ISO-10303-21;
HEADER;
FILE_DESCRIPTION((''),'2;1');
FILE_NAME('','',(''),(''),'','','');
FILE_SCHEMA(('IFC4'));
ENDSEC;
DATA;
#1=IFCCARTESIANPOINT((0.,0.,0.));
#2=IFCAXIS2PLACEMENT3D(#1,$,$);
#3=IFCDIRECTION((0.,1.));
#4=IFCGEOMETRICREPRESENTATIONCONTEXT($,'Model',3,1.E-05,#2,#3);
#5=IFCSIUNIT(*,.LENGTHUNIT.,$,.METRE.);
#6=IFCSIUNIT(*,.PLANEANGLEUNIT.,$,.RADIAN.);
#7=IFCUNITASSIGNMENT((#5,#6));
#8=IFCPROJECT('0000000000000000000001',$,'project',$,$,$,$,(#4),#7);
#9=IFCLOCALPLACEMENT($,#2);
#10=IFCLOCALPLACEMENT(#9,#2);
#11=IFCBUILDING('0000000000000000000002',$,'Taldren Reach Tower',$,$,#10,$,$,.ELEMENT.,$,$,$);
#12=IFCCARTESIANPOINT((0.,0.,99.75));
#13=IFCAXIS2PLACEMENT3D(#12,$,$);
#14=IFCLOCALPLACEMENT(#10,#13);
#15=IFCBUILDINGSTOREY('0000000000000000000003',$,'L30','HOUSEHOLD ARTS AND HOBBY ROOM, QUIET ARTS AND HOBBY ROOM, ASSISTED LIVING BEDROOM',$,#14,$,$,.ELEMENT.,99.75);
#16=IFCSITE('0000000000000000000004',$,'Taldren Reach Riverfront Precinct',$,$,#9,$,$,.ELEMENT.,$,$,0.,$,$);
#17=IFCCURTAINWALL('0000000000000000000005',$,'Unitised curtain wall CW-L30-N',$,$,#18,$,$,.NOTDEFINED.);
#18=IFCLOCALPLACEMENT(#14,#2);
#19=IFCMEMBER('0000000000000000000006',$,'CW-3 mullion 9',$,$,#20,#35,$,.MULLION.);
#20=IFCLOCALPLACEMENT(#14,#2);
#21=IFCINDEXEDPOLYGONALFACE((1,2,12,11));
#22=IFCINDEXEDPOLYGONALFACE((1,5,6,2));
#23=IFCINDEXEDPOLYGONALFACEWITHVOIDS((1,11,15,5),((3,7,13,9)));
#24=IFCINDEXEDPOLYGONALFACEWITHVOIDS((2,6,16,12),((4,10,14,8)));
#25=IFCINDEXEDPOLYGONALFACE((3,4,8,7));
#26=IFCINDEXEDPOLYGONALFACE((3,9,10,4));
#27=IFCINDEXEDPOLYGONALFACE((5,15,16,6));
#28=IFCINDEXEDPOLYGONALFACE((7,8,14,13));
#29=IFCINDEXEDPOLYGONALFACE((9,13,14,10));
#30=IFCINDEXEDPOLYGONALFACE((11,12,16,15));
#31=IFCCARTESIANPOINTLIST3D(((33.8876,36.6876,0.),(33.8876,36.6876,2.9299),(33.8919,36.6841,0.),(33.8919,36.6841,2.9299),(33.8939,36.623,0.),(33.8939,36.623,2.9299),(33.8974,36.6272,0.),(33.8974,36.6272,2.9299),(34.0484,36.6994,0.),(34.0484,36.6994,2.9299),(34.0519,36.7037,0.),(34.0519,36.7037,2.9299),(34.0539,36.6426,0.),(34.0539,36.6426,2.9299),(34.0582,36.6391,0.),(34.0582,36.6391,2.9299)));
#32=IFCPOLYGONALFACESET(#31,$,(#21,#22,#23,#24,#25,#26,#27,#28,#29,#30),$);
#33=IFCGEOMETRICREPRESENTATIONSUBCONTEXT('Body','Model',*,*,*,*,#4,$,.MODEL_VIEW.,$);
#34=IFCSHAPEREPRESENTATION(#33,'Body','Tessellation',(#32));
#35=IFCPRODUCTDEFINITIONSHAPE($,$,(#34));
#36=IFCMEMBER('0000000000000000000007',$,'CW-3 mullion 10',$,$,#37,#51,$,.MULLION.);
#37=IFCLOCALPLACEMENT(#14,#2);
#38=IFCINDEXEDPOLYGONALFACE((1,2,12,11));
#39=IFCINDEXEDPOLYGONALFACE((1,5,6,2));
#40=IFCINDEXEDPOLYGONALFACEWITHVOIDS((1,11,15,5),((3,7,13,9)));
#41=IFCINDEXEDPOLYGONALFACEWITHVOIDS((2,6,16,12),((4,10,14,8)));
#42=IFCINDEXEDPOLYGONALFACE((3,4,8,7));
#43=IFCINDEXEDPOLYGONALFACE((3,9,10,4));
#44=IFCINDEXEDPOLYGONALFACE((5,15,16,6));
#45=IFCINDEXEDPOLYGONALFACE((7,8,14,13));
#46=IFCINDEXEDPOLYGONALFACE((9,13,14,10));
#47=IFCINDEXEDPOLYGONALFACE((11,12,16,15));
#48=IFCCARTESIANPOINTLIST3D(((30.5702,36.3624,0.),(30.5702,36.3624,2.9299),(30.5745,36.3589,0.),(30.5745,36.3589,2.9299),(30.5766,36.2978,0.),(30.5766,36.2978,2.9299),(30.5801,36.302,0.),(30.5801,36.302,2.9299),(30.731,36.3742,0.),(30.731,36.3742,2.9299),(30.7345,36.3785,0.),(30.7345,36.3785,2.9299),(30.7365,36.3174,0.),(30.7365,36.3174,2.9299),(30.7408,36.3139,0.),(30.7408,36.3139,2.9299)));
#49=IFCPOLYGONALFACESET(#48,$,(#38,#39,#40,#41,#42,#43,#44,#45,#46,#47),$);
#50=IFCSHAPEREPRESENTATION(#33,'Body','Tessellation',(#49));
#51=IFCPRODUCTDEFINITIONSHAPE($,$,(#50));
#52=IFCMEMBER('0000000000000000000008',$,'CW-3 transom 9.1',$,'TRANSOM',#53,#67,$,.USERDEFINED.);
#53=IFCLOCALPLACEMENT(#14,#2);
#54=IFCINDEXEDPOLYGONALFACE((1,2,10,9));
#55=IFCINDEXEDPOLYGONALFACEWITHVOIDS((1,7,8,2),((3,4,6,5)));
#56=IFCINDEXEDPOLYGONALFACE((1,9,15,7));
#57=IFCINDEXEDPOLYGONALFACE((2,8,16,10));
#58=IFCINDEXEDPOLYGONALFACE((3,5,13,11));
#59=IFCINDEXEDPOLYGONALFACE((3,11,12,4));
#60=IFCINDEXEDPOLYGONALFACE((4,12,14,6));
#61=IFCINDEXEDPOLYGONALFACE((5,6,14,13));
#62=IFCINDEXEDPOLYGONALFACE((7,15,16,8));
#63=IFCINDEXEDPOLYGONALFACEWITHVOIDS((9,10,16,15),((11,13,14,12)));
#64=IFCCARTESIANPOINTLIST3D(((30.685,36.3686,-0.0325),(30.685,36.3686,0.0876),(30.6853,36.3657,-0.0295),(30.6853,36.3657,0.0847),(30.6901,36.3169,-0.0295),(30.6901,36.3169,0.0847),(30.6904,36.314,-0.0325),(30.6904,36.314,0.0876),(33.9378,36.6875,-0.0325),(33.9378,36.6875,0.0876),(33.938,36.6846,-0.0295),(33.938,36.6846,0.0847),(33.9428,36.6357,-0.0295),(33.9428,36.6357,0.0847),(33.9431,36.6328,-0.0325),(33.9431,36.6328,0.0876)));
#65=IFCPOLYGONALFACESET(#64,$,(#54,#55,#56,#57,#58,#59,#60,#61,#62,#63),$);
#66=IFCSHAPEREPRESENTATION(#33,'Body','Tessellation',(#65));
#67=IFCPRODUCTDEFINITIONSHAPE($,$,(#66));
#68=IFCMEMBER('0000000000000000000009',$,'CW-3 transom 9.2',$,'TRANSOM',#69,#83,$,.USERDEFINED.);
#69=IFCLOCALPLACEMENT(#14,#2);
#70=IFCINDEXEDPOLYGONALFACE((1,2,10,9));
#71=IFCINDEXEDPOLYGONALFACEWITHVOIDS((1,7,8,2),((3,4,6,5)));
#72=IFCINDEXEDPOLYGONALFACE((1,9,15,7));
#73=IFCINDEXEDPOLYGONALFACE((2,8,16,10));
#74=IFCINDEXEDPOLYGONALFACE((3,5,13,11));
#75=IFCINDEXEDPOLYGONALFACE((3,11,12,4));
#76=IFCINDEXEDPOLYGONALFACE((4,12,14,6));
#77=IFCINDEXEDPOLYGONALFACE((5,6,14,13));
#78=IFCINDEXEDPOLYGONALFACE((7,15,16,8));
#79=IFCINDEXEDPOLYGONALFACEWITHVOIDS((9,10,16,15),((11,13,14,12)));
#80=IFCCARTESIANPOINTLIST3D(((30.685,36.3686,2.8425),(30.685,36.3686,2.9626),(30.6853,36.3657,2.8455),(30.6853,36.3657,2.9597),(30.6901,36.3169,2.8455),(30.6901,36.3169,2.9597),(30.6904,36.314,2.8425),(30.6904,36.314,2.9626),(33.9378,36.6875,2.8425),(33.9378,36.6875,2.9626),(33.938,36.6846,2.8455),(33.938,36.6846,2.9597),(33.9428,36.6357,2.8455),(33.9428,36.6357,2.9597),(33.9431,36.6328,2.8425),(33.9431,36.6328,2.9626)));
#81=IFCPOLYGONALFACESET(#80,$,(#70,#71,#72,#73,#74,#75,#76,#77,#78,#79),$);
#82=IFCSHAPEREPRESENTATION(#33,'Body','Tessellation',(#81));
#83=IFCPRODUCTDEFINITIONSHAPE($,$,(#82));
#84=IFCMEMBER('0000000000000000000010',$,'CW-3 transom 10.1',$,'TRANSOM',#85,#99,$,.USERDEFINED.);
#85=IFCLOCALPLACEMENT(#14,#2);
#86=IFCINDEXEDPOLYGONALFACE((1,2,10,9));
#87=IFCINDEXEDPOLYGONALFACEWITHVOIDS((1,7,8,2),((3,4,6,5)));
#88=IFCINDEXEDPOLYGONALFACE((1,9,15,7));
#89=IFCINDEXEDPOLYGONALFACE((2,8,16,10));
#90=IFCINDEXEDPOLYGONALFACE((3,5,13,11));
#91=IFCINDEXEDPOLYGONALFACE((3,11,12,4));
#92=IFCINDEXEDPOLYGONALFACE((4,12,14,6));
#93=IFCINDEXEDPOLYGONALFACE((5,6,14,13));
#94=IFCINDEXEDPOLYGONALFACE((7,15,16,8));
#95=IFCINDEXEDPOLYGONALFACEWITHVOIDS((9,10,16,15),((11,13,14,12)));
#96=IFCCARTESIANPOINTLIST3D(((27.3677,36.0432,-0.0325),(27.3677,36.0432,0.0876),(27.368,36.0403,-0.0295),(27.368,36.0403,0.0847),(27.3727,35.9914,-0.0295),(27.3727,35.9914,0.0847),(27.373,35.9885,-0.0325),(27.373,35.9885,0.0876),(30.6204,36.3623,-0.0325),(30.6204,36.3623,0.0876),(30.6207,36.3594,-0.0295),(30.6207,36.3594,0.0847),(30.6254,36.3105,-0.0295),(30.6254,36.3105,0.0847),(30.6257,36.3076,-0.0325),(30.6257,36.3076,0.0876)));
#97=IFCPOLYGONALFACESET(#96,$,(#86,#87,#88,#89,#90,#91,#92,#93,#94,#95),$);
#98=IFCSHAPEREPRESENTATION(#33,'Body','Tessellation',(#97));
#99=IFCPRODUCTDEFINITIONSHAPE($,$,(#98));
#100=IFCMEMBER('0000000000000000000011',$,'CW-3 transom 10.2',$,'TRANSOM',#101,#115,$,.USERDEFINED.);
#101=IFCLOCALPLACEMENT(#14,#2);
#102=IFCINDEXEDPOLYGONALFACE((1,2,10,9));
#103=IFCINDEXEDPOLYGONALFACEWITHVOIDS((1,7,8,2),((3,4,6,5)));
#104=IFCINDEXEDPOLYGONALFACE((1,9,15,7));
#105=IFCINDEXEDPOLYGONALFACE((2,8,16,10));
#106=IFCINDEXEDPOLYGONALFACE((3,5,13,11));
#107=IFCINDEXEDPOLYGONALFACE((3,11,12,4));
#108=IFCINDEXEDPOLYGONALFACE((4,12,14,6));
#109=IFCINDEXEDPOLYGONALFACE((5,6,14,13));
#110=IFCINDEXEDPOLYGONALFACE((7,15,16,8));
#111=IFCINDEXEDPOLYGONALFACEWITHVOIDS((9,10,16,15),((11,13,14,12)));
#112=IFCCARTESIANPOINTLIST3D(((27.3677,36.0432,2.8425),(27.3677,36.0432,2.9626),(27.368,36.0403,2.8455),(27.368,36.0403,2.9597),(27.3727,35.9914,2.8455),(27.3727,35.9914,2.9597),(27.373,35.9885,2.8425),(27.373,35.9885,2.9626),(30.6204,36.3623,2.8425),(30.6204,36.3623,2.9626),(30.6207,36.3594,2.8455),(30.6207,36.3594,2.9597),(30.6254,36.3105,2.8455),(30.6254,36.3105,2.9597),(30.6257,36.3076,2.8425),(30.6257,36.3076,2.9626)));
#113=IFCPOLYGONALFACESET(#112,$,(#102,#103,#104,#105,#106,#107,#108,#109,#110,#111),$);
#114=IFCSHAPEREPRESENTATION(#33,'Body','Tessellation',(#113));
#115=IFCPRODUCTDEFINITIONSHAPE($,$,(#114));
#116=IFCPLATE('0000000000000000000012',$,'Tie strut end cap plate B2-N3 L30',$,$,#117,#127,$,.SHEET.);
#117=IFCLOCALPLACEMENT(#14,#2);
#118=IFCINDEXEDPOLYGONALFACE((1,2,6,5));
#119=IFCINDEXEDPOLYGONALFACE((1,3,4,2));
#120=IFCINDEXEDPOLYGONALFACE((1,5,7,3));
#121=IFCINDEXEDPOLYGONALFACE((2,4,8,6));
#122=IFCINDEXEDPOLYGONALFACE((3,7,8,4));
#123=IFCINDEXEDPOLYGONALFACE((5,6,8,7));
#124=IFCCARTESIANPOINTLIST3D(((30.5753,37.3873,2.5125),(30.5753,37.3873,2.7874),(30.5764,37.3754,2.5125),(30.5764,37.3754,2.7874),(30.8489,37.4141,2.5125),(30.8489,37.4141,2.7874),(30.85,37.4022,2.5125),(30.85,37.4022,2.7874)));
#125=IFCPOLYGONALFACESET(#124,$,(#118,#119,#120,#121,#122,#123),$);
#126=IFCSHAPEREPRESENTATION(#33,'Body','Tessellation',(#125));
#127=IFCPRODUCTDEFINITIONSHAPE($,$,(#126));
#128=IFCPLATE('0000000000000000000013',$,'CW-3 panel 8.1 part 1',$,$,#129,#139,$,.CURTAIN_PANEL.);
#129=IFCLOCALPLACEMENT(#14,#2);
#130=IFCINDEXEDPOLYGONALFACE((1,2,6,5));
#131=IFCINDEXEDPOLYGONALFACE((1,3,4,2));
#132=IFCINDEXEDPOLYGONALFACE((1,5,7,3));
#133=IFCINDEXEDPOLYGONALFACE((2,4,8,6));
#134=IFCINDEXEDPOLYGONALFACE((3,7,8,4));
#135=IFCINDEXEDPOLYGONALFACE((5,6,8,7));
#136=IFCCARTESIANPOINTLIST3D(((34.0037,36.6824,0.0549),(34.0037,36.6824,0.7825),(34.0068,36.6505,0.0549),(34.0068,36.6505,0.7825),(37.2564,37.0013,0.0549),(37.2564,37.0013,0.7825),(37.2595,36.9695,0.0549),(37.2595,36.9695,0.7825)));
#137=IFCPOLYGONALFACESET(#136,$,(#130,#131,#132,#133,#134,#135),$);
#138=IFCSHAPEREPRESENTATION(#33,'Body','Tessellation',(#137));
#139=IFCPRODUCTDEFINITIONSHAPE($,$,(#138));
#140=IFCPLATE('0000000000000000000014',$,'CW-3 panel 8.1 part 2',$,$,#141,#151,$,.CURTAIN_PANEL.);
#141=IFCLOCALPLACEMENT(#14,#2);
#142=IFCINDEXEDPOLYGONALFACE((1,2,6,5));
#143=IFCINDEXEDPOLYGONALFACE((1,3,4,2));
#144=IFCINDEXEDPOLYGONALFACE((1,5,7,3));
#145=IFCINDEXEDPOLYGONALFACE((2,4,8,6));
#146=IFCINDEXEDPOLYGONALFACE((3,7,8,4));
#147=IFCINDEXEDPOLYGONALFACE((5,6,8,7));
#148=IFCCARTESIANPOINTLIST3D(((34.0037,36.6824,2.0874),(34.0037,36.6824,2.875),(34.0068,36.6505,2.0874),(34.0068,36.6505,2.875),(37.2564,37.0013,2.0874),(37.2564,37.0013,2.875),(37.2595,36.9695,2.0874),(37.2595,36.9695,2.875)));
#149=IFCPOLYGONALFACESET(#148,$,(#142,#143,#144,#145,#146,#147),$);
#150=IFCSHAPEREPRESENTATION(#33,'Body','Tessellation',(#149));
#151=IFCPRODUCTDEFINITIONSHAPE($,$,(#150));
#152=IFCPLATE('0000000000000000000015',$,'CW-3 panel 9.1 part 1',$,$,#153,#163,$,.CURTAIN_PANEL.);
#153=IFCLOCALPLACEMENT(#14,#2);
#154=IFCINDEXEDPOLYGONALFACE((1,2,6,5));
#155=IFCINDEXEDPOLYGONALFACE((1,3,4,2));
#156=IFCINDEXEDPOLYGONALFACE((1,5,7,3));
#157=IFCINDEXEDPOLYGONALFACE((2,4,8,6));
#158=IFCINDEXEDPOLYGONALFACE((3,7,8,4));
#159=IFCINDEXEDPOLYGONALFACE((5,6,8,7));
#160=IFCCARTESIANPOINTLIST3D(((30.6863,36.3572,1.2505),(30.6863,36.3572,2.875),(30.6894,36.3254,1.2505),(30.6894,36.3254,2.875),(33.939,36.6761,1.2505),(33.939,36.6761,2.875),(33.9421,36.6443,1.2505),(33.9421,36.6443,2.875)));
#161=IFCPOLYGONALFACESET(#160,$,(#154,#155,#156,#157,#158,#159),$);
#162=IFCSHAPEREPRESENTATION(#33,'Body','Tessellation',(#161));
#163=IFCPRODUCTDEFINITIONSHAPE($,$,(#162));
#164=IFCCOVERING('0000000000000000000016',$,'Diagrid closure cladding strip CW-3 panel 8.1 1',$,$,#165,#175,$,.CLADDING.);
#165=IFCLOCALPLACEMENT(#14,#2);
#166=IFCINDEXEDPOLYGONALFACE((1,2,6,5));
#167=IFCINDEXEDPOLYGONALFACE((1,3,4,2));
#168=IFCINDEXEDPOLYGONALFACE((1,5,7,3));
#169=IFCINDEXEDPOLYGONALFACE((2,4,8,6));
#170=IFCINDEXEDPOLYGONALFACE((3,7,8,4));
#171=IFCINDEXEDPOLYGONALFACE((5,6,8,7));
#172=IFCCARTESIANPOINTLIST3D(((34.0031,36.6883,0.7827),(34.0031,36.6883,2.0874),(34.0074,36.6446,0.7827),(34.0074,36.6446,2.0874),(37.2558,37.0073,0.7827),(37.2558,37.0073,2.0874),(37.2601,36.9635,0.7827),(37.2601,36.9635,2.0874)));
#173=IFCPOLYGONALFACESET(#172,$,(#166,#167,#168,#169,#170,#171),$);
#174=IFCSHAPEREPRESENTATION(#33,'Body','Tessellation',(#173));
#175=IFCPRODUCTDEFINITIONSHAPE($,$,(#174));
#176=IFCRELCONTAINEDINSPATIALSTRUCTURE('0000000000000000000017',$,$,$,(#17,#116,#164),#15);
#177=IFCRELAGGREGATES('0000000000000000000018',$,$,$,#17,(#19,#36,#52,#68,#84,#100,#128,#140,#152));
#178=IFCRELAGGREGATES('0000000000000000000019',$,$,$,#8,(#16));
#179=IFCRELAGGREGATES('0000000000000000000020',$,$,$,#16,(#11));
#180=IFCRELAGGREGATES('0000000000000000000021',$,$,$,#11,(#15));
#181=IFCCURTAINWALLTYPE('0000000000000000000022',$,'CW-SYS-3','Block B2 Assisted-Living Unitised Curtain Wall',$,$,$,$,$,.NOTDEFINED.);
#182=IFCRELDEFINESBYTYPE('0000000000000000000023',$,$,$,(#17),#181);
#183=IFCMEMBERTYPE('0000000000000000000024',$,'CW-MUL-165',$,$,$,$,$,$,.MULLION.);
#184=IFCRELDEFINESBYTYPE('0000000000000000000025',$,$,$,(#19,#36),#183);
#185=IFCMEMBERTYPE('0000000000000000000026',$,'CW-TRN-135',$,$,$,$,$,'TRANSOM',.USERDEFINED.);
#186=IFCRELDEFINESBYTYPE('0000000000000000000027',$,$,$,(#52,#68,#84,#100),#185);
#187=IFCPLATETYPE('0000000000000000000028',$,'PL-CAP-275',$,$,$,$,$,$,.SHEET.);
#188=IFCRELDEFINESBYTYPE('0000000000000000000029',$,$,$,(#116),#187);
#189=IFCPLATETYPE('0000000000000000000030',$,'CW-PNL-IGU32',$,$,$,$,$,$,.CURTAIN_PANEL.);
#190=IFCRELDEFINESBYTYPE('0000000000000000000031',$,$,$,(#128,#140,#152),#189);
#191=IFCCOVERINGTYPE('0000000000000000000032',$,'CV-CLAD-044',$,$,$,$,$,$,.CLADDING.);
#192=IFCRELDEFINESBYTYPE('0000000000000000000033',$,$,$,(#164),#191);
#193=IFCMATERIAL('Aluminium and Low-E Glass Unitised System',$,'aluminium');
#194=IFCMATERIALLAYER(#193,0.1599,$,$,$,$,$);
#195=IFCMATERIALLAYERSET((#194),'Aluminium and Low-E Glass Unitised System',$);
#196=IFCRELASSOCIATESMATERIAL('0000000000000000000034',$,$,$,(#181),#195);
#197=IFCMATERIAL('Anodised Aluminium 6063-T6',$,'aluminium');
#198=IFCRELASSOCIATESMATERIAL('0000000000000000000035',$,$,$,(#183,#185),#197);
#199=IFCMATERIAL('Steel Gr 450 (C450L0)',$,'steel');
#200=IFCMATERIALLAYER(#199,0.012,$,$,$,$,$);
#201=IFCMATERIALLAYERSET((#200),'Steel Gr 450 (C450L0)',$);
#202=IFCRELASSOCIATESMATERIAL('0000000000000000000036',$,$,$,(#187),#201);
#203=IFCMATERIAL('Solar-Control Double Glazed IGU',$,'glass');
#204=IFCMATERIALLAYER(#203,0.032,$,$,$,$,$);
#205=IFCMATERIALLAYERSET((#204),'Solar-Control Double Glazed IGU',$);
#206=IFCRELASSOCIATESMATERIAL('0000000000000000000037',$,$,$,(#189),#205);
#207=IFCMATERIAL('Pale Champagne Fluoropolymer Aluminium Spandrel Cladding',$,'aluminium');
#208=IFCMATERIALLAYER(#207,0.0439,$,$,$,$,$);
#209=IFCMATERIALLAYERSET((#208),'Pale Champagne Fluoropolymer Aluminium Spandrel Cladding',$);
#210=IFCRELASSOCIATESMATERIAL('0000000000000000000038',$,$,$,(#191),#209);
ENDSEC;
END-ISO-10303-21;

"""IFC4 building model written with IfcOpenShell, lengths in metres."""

from ifc_helpers import new_model, si_unit, direction, frame, origin, origin_2d, place, context, subcontext, project, spatial, rectangle, hollow_rectangle, extrude, source, transform, mapped, material, layer, layer_set, material_profile, profile_set, type_object, element, aggregate, save


model = new_model("IFC4")

# Units and contexts
model_context = context("Model", 3, precision=1e-05, world=origin(), true_north=direction((0.0, 1.0)))
body_context = subcontext(model_context, "Body", "Model", "MODEL_VIEW")
ifc_project = project(units=[si_unit("LENGTHUNIT", "METRE"), si_unit("PLANEANGLEUNIT", "RADIAN")], contexts=[model_context])

# Site, building, storey
site_placement = place(None, origin())
site = spatial("IfcSite", under=ifc_project, at=site_placement, Name="Taldren Reach Riverfront Precinct", CompositionType="ELEMENT", RefElevation=0.0)
building_placement = place(site_placement, origin())
building = spatial("IfcBuilding", under=site, at=building_placement, Name="Taldren Reach Tower", CompositionType="ELEMENT")
storey_placement = place(building_placement, frame((0.0, 0.0, 99.75)))
storey = spatial("IfcBuildingStorey", under=building, at=storey_placement, Name="L30", Description="HOUSEHOLD ARTS AND HOBBY ROOM, QUIET ARTS AND HOBBY ROOM, ASSISTED LIVING BEDROOM", CompositionType="ELEMENT", Elevation=99.75)

# Shared definitions
ifc_material_1 = material(Name="Steel Gr 450 (C450L0)", Category="steel")

# Curtain wall, members
ifc_material_2 = material(Name="Aluminium and Low-E Glass Unitised System", Category="aluminium")
ifc_layer_1 = layer(ifc_material_2, 0.1599)
ifc_layer_set_1 = layer_set([ifc_layer_1], Name="Aluminium and Low-E Glass Unitised System")
curtain_wall_type = type_object("IfcCurtainWallType", Name="CW-SYS-3", Description="Block B2 Assisted-Living Unitised Curtain Wall", PredefinedType="NOTDEFINED", material=ifc_layer_set_1)
curtain_wall_placement = place(storey_placement, origin())
curtain_wall = element("IfcCurtainWall", 1, at=curtain_wall_placement, inside=storey, type_object=curtain_wall_type, Name="Unitised curtain wall CW-L30-N", PredefinedType="NOTDEFINED")
ifc_material_3 = material(Name="Anodised Aluminium 6063-T6", Category="aluminium")
ifc_material_profile_1 = material_profile(ifc_material_3, hollow_rectangle(XDim=0.0649, YDim=0.165, WallThickness=0.0039, at=origin_2d()), Name="ALU-165x65x4RHS")
ifc_profile_set_1 = profile_set([ifc_material_profile_1], Name="Anodised Aluminium 6063-T6")
member_type_1 = type_object("IfcMemberType", Name="CW-MUL-165", PredefinedType="MULLION", material=ifc_profile_set_1)
shared_shape_1 = source(origin(), body_context, "Body", "SweptSolid", [
    extrude(hollow_rectangle(XDim=0.0649, YDim=0.165, WallThickness=0.0039, at=origin_2d()), origin(), (0.0, 0.0, 1.0), 2.9299),
])
member_1_placement = place(storey_placement, frame((33.9729, 36.6633, 0.0), z_axis=(0.0, 0.0, 1.0), x_axis=(0.097583, -0.995227, 0.0)))
member_1 = element("IfcMember", 2, at=member_1_placement, type_object=member_type_1, Name="CW-3 mullion 9", PredefinedType="MULLION", context=body_context, shape_type="MappedRepresentation", body=[
    mapped(shared_shape_1, transform((0.0, 0.0, 0.0), scale=1.0)),
])
member_2_placement = place(storey_placement, frame((30.6555, 36.3381, 0.0), z_axis=(0.0, 0.0, 1.0), x_axis=(0.097583, -0.995227, 0.0)))
member_2 = element("IfcMember", 3, at=member_2_placement, type_object=member_type_1, Name="CW-3 mullion 10", PredefinedType="MULLION", context=body_context, shape_type="MappedRepresentation", body=[
    mapped(shared_shape_1, transform((0.0, 0.0, 0.0), scale=1.0)),
])
ifc_material_profile_2 = material_profile(ifc_material_3, hollow_rectangle(XDim=0.0549, YDim=0.1201, WallThickness=0.0029, at=origin_2d()), Name="ALU-120x55x3RHS")
ifc_profile_set_2 = profile_set([ifc_material_profile_2], Name="Anodised Aluminium 6063-T6")
member_type_2 = type_object("IfcMemberType", Name="CW-TRN-135", ElementType="TRANSOM", PredefinedType="USERDEFINED", material=ifc_profile_set_2)
shared_shape_2 = source(origin(), body_context, "Body", "SweptSolid", [
    extrude(hollow_rectangle(XDim=0.0549, YDim=0.1201, WallThickness=0.0029, at=origin_2d()), origin(), (0.0, 0.0, 1.0), 3.2683),
])
member_3_placement = place(storey_placement, frame((33.9404, 36.6602, 0.0276), z_axis=(-0.99523, -0.097558, 0.0), x_axis=(0.097558, -0.99523, 0.0)))
member_3 = element("IfcMember", 4, at=member_3_placement, type_object=member_type_2, Name="CW-3 transom 9.1", ObjectType="TRANSOM", PredefinedType="USERDEFINED", context=body_context, shape_type="MappedRepresentation", body=[
    mapped(shared_shape_2, transform((0.0, 0.0, 0.0), scale=1.0)),
])
member_4_placement = place(storey_placement, frame((33.9404, 36.6602, 2.9026), z_axis=(-0.99523, -0.097558, 0.0), x_axis=(0.097558, -0.99523, 0.0)))
member_4 = element("IfcMember", 5, at=member_4_placement, type_object=member_type_2, Name="CW-3 transom 9.2", ObjectType="TRANSOM", PredefinedType="USERDEFINED", context=body_context, shape_type="MappedRepresentation", body=[
    mapped(shared_shape_2, transform((0.0, 0.0, 0.0), scale=1.0)),
])
member_5_placement = place(storey_placement, frame((30.623, 36.335, 0.0276), z_axis=(-0.995223, -0.097632, 0.0), x_axis=(0.097632, -0.995223, 0.0)))
member_5 = element("IfcMember", 6, at=member_5_placement, type_object=member_type_2, Name="CW-3 transom 10.1", ObjectType="TRANSOM", PredefinedType="USERDEFINED", context=body_context, shape_type="MappedRepresentation", body=[
    mapped(shared_shape_2, transform((0.0, 0.0, 0.0), scale=1.0)),
])
member_6_placement = place(storey_placement, frame((30.623, 36.335, 2.9026), z_axis=(-0.995223, -0.097632, 0.0), x_axis=(0.097632, -0.995223, 0.0)))
member_6 = element("IfcMember", 7, at=member_6_placement, type_object=member_type_2, Name="CW-3 transom 10.2", ObjectType="TRANSOM", PredefinedType="USERDEFINED", context=body_context, shape_type="MappedRepresentation", body=[
    mapped(shared_shape_2, transform((0.0, 0.0, 0.0), scale=1.0)),
])

# Plates
ifc_layer_2 = layer(ifc_material_1, 0.012)
ifc_layer_set_2 = layer_set([ifc_layer_2], Name="Steel Gr 450 (C450L0)")
plate_type_1 = type_object("IfcPlateType", Name="PL-CAP-275", PredefinedType="SHEET", material=ifc_layer_set_2)
shared_shape_3 = source(origin(), body_context, "Body", "SweptSolid", [
    extrude(rectangle(XDim=0.2749, YDim=0.012, at=origin_2d()), origin(), (0.0, 0.0, 1.0), 0.2749),
])
plate_1_placement = place(storey_placement, frame((30.7126, 37.3948, 2.5125), z_axis=(0.0, 0.0, 1.0), x_axis=(0.995227, 0.097583, 0.0)))
element("IfcPlate", 8, at=plate_1_placement, inside=storey, type_object=plate_type_1, Name="Tie strut end cap plate B2-N3 L30", PredefinedType="SHEET", context=body_context, shape_type="MappedRepresentation", body=[
    mapped(shared_shape_3, transform((0.0, 0.0, 0.0), scale=1.0)),
])
ifc_material_4 = material(Name="Solar-Control Double Glazed IGU", Category="glass")
ifc_layer_3 = layer(ifc_material_4, 0.032)
ifc_layer_set_3 = layer_set([ifc_layer_3], Name="Solar-Control Double Glazed IGU")
plate_type_2 = type_object("IfcPlateType", Name="CW-PNL-IGU32", PredefinedType="CURTAIN_PANEL", material=ifc_layer_set_3)
shared_shape_4 = source(origin(), body_context, "Body", "SweptSolid", [
    extrude(rectangle(XDim=3.2683, YDim=0.032, at=origin_2d()), origin(), (0.0, 0.0, 1.0), 0.7275),
])
plate_2_placement = place(storey_placement, frame((35.6316, 36.8259, 0.0549), z_axis=(0.0, 0.0, 1.0), x_axis=(-0.995227, -0.097583, 0.0)))
plate_2 = element("IfcPlate", 9, at=plate_2_placement, type_object=plate_type_2, Name="CW-3 panel 8.1 part 1", PredefinedType="CURTAIN_PANEL", context=body_context, shape_type="MappedRepresentation", body=[
    mapped(shared_shape_4, transform((0.0, 0.0, 0.0), scale=1.0)),
])
shared_shape_5 = source(origin(), body_context, "Body", "SweptSolid", [
    extrude(rectangle(XDim=3.2683, YDim=0.032, at=origin_2d()), origin(), (0.0, 0.0, 1.0), 0.7876),
])
plate_3_placement = place(storey_placement, frame((35.6316, 36.8259, 2.0874), z_axis=(0.0, 0.0, 1.0), x_axis=(-0.995227, -0.097583, 0.0)))
plate_3 = element("IfcPlate", 10, at=plate_3_placement, type_object=plate_type_2, Name="CW-3 panel 8.1 part 2", PredefinedType="CURTAIN_PANEL", context=body_context, shape_type="MappedRepresentation", body=[
    mapped(shared_shape_5, transform((0.0, 0.0, 0.0), scale=1.0)),
])
shared_shape_6 = source(origin(), body_context, "Body", "SweptSolid", [
    extrude(rectangle(XDim=3.2683, YDim=0.032, at=origin_2d()), origin(), (0.0, 0.0, 1.0), 1.6245),
])
plate_4_placement = place(storey_placement, frame((32.3142, 36.5007, 1.2505), z_axis=(0.0, 0.0, 1.0), x_axis=(-0.995227, -0.097583, 0.0)))
plate_4 = element("IfcPlate", 11, at=plate_4_placement, type_object=plate_type_2, Name="CW-3 panel 9.1 part 1", PredefinedType="CURTAIN_PANEL", context=body_context, shape_type="MappedRepresentation", body=[
    mapped(shared_shape_6, transform((0.0, 0.0, 0.0), scale=1.0)),
])
aggregate(curtain_wall, [member_1, member_2, member_3, member_4, member_5, member_6, plate_2, plate_3, plate_4])

# Covering
ifc_material_5 = material(Name="Pale Champagne Fluoropolymer Aluminium Spandrel Cladding", Category="aluminium")
ifc_layer_4 = layer(ifc_material_5, 0.0439)
ifc_layer_set_4 = layer_set([ifc_layer_4], Name="Pale Champagne Fluoropolymer Aluminium Spandrel Cladding")
covering_type = type_object("IfcCoveringType", Name="CV-CLAD-044", PredefinedType="CLADDING", material=ifc_layer_set_4)
shared_shape_7 = source(origin(), body_context, "Body", "SweptSolid", [
    extrude(rectangle(XDim=3.2683, YDim=0.0439, at=origin_2d()), origin(), (0.0, 0.0, 1.0), 1.3047),
])
covering_1_placement = place(storey_placement, frame((35.6316, 36.8259, 0.7827), z_axis=(0.0, 0.0, 1.0), x_axis=(-0.995227, -0.097583, 0.0)))
element("IfcCovering", 12, at=covering_1_placement, inside=storey, type_object=covering_type, Name="Diagrid closure cladding strip CW-3 panel 8.1 1", PredefinedType="CLADDING", context=body_context, shape_type="MappedRepresentation", body=[
    mapped(shared_shape_7, transform((0.0, 0.0, 0.0), scale=1.0)),
])

save(model, "model.ifc")
